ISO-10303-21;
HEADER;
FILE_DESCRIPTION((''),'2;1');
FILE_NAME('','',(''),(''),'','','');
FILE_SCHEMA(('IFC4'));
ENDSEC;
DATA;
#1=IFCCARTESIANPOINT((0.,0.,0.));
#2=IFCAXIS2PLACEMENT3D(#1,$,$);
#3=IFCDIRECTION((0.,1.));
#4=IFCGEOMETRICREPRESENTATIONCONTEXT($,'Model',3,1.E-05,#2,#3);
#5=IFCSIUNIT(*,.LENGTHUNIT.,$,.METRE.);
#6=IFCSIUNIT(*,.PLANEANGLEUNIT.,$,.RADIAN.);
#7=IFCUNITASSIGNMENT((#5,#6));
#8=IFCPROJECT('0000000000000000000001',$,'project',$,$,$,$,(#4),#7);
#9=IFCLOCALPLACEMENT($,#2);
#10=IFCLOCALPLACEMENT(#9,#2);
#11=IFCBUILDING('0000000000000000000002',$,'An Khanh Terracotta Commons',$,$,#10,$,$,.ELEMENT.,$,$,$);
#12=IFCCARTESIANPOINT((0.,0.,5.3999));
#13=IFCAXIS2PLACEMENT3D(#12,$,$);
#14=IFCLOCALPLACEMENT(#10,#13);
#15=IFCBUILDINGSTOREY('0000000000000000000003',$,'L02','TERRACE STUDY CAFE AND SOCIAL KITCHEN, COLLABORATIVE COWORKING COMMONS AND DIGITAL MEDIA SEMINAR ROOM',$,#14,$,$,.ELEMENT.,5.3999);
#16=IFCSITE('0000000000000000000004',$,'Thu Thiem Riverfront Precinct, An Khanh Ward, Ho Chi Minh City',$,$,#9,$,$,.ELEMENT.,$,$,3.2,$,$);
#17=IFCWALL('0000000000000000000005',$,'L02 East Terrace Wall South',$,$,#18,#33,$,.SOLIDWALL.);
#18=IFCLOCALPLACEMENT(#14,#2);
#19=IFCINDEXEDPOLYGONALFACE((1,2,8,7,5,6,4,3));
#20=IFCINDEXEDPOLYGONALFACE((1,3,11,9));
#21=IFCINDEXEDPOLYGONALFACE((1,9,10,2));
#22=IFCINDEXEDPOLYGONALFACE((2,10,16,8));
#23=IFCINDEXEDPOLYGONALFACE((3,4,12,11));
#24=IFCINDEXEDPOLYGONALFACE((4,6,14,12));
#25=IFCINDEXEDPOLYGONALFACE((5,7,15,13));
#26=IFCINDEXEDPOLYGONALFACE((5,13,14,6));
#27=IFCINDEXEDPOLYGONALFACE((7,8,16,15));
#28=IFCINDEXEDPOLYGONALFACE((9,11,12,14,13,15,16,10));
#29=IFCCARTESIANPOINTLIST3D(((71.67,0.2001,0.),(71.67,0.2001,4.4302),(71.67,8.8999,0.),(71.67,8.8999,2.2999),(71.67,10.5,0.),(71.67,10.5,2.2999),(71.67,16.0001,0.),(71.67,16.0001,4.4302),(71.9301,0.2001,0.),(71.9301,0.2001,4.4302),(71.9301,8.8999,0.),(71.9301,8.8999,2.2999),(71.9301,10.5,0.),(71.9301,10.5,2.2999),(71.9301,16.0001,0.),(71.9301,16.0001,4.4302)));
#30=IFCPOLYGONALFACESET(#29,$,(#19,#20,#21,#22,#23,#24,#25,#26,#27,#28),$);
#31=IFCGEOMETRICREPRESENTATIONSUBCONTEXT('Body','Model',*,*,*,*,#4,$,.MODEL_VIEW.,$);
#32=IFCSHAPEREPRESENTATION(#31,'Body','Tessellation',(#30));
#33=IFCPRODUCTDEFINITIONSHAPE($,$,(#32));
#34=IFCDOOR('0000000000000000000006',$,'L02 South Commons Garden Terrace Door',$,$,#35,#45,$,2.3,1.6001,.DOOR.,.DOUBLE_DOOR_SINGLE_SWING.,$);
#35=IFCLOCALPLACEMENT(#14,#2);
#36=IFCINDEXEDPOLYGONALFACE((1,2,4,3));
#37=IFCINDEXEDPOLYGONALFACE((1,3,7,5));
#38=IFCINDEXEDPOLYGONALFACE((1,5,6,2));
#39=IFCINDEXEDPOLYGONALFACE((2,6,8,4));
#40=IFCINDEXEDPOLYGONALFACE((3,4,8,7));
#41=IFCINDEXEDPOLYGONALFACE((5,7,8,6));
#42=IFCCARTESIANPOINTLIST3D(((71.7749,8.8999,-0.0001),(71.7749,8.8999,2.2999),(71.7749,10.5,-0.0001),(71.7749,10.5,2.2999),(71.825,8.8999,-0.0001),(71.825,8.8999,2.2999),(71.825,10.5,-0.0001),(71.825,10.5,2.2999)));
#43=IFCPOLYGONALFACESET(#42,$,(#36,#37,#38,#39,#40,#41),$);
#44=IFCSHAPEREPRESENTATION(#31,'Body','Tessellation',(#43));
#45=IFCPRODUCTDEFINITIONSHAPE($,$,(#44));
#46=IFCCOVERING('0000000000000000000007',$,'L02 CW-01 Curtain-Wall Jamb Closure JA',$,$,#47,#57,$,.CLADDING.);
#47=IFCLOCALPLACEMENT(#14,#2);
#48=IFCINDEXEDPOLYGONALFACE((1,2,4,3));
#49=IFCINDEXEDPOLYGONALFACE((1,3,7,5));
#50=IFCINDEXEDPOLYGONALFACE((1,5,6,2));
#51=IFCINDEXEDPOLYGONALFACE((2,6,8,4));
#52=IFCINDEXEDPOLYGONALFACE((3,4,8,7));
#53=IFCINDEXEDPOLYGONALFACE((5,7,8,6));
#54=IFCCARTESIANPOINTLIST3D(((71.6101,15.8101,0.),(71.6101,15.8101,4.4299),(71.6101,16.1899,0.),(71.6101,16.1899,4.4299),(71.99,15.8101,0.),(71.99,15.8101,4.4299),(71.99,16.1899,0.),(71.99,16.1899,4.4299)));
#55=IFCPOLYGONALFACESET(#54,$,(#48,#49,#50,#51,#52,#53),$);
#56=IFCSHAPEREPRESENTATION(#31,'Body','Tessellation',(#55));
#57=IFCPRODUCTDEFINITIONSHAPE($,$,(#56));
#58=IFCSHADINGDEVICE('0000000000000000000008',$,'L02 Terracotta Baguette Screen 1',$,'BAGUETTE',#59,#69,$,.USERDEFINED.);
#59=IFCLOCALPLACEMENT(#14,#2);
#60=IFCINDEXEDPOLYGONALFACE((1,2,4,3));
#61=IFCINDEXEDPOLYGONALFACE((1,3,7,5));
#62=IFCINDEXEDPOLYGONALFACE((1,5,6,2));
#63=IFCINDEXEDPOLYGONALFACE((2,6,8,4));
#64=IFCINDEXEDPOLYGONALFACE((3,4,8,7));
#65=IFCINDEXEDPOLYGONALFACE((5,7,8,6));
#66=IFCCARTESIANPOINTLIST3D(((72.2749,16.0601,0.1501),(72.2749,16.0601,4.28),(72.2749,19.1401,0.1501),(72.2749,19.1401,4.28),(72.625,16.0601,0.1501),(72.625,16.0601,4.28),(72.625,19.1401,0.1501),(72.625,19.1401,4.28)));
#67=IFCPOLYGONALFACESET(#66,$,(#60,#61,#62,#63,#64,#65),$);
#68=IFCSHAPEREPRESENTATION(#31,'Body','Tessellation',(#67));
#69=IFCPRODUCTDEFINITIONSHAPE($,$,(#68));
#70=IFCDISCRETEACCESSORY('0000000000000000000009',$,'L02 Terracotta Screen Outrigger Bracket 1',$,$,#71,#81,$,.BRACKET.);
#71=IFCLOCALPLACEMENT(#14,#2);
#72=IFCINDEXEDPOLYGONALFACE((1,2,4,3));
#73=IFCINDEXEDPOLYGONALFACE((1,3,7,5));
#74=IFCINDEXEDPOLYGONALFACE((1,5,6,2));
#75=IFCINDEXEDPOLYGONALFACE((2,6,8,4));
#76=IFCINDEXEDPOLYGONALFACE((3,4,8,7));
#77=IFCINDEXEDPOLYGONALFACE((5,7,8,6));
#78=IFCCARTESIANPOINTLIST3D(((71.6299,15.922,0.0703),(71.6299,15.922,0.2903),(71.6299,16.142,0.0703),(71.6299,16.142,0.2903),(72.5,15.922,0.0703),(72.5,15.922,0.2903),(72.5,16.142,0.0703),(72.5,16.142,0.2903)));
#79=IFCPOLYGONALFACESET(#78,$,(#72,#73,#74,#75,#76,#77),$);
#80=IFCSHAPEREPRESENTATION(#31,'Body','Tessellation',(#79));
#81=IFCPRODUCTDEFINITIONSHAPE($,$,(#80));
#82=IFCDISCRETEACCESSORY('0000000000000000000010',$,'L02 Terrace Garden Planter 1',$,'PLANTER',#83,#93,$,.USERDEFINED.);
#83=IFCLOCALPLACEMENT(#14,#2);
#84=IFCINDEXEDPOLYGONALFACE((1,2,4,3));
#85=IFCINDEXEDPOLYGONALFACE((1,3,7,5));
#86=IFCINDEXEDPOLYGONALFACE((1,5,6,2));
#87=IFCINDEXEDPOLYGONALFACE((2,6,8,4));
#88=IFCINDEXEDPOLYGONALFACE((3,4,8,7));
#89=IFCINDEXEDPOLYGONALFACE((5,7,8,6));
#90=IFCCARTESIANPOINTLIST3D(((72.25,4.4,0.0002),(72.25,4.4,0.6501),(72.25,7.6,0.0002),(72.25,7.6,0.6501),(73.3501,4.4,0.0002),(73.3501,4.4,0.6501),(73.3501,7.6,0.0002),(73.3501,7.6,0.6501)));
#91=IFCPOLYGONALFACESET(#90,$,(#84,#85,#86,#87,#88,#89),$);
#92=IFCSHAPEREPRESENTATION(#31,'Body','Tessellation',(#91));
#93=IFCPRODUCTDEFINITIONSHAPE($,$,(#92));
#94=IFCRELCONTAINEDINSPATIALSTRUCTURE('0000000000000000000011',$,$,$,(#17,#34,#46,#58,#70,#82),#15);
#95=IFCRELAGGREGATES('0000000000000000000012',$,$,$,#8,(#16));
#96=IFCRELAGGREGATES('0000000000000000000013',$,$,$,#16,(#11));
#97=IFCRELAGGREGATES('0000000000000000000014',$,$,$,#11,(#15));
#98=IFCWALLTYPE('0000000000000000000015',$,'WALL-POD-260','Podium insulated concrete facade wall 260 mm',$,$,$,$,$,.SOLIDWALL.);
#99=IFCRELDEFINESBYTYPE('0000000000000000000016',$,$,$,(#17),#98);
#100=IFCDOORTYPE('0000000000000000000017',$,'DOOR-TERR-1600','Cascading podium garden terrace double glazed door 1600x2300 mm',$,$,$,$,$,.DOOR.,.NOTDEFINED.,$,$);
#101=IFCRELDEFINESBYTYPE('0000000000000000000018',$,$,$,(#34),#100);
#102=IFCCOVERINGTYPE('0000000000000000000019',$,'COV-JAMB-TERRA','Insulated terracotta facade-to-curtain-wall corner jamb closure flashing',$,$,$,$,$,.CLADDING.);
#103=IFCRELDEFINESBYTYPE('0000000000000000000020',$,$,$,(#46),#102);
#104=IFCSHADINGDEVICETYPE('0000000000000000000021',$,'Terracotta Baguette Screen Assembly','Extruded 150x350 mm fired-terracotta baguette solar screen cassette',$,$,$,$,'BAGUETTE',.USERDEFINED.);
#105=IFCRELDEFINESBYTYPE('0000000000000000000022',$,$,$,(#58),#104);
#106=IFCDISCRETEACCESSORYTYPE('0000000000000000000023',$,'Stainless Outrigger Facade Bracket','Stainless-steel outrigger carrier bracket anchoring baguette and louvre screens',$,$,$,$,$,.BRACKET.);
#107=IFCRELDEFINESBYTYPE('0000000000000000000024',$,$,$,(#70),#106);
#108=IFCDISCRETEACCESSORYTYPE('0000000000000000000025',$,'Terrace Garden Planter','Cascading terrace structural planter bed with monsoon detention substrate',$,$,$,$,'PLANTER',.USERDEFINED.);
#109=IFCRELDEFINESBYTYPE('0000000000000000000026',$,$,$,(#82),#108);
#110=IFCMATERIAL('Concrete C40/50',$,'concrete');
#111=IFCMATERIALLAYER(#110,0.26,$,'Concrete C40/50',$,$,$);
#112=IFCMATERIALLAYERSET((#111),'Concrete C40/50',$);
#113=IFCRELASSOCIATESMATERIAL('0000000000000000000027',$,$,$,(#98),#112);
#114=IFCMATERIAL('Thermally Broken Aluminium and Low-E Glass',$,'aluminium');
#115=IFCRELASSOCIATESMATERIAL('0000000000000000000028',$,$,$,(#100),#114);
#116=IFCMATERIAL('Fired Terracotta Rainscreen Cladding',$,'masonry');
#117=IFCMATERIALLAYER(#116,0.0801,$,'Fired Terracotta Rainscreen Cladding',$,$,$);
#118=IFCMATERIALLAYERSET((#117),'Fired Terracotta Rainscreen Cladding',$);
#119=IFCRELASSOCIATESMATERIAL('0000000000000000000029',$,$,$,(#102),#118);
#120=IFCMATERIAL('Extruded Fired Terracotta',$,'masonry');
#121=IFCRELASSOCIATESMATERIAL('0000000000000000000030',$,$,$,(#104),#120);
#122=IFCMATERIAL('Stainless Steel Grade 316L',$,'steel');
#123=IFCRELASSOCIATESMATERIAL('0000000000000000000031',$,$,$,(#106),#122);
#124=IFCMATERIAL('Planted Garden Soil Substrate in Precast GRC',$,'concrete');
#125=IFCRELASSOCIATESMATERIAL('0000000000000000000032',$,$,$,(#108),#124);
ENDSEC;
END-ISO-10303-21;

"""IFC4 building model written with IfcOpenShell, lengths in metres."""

from ifc_helpers import new_model, si_unit, direction, frame, frame_2d, origin, origin_2d, place, context, subcontext, project, spatial, rectangle, extrude, material, layer, layer_set, type_object, element, fill, save


model = new_model("IFC4")

# Units and contexts
model_context = context("Model", 3, precision=1e-05, world=origin(), true_north=direction((0.0, 1.0)))
body_context = subcontext(model_context, "Body", "Model", "MODEL_VIEW")
ifc_project = project(units=[si_unit("LENGTHUNIT", "METRE"), si_unit("PLANEANGLEUNIT", "RADIAN")], contexts=[model_context])

# Site, building, storey
site_placement = place(None, origin())
site = spatial("IfcSite", under=ifc_project, at=site_placement, Name="Thu Thiem Riverfront Precinct, An Khanh Ward, Ho Chi Minh City", CompositionType="ELEMENT", RefElevation=3.2)
building_placement = place(site_placement, origin())
building = spatial("IfcBuilding", under=site, at=building_placement, Name="An Khanh Terracotta Commons", CompositionType="ELEMENT")
storey_placement = place(building_placement, frame((0.0, 0.0, 5.3999)))
storey = spatial("IfcBuildingStorey", under=building, at=storey_placement, Name="L02", Description="TERRACE STUDY CAFE AND SOCIAL KITCHEN, COLLABORATIVE COWORKING COMMONS AND DIGITAL MEDIA SEMINAR ROOM", CompositionType="ELEMENT", Elevation=5.3999)

# Wall, opening, door
ifc_material_1 = material(Name="Concrete C40/50", Category="concrete")
ifc_layer_1 = layer(ifc_material_1, 0.26, Name="Concrete C40/50")
ifc_layer_set_1 = layer_set([ifc_layer_1], Name="Concrete C40/50")
wall_type = type_object("IfcWallType", Name="WALL-POD-260", Description="Podium insulated concrete facade wall 260 mm", PredefinedType="SOLIDWALL", material=ifc_layer_set_1)
wall_placement = place(storey_placement, frame((71.8, 16.0, 0.0), z_axis=(0.0, 0.0, 1.0), x_axis=(0.0, -1.0, 0.0)))
wall = element("IfcWall", 1, at=wall_placement, inside=storey, type_object=wall_type, Name="L02 East Terrace Wall South", PredefinedType="SOLIDWALL", context=body_context, shape_type="SweptSolid", body=[
    extrude(rectangle(XDim=15.8, YDim=0.26, at=frame_2d((7.8999, 0.0))), origin(), (0.0, 0.0, 1.0), 4.4302),
])
opening_placement = place(wall_placement, frame((5.5, 0.0, 0.0)))
opening = element("IfcOpeningElement", 2, at=opening_placement, cuts=wall, PredefinedType="OPENING", context=body_context, shape_type="SweptSolid", body=[
    extrude(rectangle(XDim=1.6001, YDim=2.3, at=frame_2d((0.8, 1.1499))), frame((0.0, 0.1399, 0.0), z_axis=(0.0, -1.0, 0.0), x_axis=(1.0, 0.0, 0.0)), (0.0, 0.0, 1.0), 0.28),
])
ifc_material_2 = material(Name="Thermally Broken Aluminium and Low-E Glass", Category="aluminium")
door_type = type_object("IfcDoorType", Name="DOOR-TERR-1600", Description="Cascading podium garden terrace double glazed door 1600x2300 mm", OperationType="NOTDEFINED", PredefinedType="DOOR", material=ifc_material_2)
door_placement = place(opening_placement, origin())
door = element("IfcDoor", 3, at=door_placement, inside=storey, type_object=door_type, Name="L02 South Commons Garden Terrace Door", OperationType="DOUBLE_DOOR_SINGLE_SWING", OverallHeight=2.3, OverallWidth=1.6001, PredefinedType="DOOR", context=body_context, shape_type="SweptSolid", body=[
    extrude(rectangle(XDim=1.6001, YDim=2.3, at=frame_2d((0.8, 1.1499))), frame((0.0, 0.0249, 0.0), z_axis=(0.0, -1.0, 0.0), x_axis=(1.0, 0.0, 0.0)), (0.0, 0.0, 1.0), 0.05),
])
fill(opening, door)

# Covering
ifc_material_3 = material(Name="Fired Terracotta Rainscreen Cladding", Category="masonry")
ifc_layer_2 = layer(ifc_material_3, 0.0801, Name="Fired Terracotta Rainscreen Cladding")
ifc_layer_set_2 = layer_set([ifc_layer_2], Name="Fired Terracotta Rainscreen Cladding")
covering_type = type_object("IfcCoveringType", Name="COV-JAMB-TERRA", Description="Insulated terracotta facade-to-curtain-wall corner jamb closure flashing", PredefinedType="CLADDING", material=ifc_layer_set_2)
covering_placement = place(storey_placement, frame((71.8, 16.0, 0.0), z_axis=(0.0, 0.0, 1.0), x_axis=(1.0, 0.0, 0.0)))
element("IfcCovering", 4, at=covering_placement, inside=storey, type_object=covering_type, Name="L02 CW-01 Curtain-Wall Jamb Closure JA", PredefinedType="CLADDING", context=body_context, shape_type="SweptSolid", body=[
    extrude(rectangle(XDim=0.3799, YDim=0.3799, at=origin_2d()), origin(), (0.0, 0.0, 1.0), 4.4299),
])

# Shading device
ifc_material_4 = material(Name="Extruded Fired Terracotta", Category="masonry")
shading_device_type = type_object("IfcShadingDeviceType", Name="Terracotta Baguette Screen Assembly", Description="Extruded 150x350 mm fired-terracotta baguette solar screen cassette", ElementType="BAGUETTE", PredefinedType="USERDEFINED", material=ifc_material_4)
shading_device_placement = place(storey_placement, frame((72.45, 17.6001, 0.1501), z_axis=(0.0, 0.0, 1.0), x_axis=(0.0, 1.0, 0.0)))
element("IfcShadingDevice", 5, at=shading_device_placement, inside=storey, type_object=shading_device_type, Name="L02 Terracotta Baguette Screen 1", ObjectType="BAGUETTE", PredefinedType="USERDEFINED", context=body_context, shape_type="SweptSolid", body=[
    extrude(rectangle(XDim=3.0801, YDim=0.3501, at=origin_2d()), origin(), (0.0, 0.0, 1.0), 4.1299),
])

# Discrete accessories
ifc_material_5 = material(Name="Stainless Steel Grade 316L", Category="steel")
discrete_accessory_type_1 = type_object("IfcDiscreteAccessoryType", Name="Stainless Outrigger Facade Bracket", Description="Stainless-steel outrigger carrier bracket anchoring baguette and louvre screens", PredefinedType="BRACKET", material=ifc_material_5)
discrete_accessory_1_placement = place(storey_placement, frame((72.0649, 16.032, 0.0703), z_axis=(0.0, 0.0, 1.0), x_axis=(0.0, 1.0, 0.0)))
element("IfcDiscreteAccessory", 6, at=discrete_accessory_1_placement, inside=storey, type_object=discrete_accessory_type_1, Name="L02 Terracotta Screen Outrigger Bracket 1", PredefinedType="BRACKET", context=body_context, shape_type="SweptSolid", body=[
    extrude(rectangle(XDim=0.22, YDim=0.8701, at=origin_2d()), origin(), (0.0, 0.0, 1.0), 0.22),
])
ifc_material_6 = material(Name="Planted Garden Soil Substrate in Precast GRC", Category="concrete")
discrete_accessory_type_2 = type_object("IfcDiscreteAccessoryType", Name="Terrace Garden Planter", Description="Cascading terrace structural planter bed with monsoon detention substrate", ElementType="PLANTER", PredefinedType="USERDEFINED", material=ifc_material_6)
discrete_accessory_2_placement = place(storey_placement, frame((72.8, 6.0, 0.0002), z_axis=(0.0, 0.0, 1.0), x_axis=(1.0, 0.0, 0.0)))
element("IfcDiscreteAccessory", 7, at=discrete_accessory_2_placement, inside=storey, type_object=discrete_accessory_type_2, Name="L02 Terrace Garden Planter 1", ObjectType="PLANTER", PredefinedType="USERDEFINED", context=body_context, shape_type="SweptSolid", body=[
    extrude(rectangle(XDim=1.1001, YDim=3.2, at=origin_2d()), origin(), (0.0, 0.0, 1.0), 0.6499),
])

save(model, "model.ifc")
